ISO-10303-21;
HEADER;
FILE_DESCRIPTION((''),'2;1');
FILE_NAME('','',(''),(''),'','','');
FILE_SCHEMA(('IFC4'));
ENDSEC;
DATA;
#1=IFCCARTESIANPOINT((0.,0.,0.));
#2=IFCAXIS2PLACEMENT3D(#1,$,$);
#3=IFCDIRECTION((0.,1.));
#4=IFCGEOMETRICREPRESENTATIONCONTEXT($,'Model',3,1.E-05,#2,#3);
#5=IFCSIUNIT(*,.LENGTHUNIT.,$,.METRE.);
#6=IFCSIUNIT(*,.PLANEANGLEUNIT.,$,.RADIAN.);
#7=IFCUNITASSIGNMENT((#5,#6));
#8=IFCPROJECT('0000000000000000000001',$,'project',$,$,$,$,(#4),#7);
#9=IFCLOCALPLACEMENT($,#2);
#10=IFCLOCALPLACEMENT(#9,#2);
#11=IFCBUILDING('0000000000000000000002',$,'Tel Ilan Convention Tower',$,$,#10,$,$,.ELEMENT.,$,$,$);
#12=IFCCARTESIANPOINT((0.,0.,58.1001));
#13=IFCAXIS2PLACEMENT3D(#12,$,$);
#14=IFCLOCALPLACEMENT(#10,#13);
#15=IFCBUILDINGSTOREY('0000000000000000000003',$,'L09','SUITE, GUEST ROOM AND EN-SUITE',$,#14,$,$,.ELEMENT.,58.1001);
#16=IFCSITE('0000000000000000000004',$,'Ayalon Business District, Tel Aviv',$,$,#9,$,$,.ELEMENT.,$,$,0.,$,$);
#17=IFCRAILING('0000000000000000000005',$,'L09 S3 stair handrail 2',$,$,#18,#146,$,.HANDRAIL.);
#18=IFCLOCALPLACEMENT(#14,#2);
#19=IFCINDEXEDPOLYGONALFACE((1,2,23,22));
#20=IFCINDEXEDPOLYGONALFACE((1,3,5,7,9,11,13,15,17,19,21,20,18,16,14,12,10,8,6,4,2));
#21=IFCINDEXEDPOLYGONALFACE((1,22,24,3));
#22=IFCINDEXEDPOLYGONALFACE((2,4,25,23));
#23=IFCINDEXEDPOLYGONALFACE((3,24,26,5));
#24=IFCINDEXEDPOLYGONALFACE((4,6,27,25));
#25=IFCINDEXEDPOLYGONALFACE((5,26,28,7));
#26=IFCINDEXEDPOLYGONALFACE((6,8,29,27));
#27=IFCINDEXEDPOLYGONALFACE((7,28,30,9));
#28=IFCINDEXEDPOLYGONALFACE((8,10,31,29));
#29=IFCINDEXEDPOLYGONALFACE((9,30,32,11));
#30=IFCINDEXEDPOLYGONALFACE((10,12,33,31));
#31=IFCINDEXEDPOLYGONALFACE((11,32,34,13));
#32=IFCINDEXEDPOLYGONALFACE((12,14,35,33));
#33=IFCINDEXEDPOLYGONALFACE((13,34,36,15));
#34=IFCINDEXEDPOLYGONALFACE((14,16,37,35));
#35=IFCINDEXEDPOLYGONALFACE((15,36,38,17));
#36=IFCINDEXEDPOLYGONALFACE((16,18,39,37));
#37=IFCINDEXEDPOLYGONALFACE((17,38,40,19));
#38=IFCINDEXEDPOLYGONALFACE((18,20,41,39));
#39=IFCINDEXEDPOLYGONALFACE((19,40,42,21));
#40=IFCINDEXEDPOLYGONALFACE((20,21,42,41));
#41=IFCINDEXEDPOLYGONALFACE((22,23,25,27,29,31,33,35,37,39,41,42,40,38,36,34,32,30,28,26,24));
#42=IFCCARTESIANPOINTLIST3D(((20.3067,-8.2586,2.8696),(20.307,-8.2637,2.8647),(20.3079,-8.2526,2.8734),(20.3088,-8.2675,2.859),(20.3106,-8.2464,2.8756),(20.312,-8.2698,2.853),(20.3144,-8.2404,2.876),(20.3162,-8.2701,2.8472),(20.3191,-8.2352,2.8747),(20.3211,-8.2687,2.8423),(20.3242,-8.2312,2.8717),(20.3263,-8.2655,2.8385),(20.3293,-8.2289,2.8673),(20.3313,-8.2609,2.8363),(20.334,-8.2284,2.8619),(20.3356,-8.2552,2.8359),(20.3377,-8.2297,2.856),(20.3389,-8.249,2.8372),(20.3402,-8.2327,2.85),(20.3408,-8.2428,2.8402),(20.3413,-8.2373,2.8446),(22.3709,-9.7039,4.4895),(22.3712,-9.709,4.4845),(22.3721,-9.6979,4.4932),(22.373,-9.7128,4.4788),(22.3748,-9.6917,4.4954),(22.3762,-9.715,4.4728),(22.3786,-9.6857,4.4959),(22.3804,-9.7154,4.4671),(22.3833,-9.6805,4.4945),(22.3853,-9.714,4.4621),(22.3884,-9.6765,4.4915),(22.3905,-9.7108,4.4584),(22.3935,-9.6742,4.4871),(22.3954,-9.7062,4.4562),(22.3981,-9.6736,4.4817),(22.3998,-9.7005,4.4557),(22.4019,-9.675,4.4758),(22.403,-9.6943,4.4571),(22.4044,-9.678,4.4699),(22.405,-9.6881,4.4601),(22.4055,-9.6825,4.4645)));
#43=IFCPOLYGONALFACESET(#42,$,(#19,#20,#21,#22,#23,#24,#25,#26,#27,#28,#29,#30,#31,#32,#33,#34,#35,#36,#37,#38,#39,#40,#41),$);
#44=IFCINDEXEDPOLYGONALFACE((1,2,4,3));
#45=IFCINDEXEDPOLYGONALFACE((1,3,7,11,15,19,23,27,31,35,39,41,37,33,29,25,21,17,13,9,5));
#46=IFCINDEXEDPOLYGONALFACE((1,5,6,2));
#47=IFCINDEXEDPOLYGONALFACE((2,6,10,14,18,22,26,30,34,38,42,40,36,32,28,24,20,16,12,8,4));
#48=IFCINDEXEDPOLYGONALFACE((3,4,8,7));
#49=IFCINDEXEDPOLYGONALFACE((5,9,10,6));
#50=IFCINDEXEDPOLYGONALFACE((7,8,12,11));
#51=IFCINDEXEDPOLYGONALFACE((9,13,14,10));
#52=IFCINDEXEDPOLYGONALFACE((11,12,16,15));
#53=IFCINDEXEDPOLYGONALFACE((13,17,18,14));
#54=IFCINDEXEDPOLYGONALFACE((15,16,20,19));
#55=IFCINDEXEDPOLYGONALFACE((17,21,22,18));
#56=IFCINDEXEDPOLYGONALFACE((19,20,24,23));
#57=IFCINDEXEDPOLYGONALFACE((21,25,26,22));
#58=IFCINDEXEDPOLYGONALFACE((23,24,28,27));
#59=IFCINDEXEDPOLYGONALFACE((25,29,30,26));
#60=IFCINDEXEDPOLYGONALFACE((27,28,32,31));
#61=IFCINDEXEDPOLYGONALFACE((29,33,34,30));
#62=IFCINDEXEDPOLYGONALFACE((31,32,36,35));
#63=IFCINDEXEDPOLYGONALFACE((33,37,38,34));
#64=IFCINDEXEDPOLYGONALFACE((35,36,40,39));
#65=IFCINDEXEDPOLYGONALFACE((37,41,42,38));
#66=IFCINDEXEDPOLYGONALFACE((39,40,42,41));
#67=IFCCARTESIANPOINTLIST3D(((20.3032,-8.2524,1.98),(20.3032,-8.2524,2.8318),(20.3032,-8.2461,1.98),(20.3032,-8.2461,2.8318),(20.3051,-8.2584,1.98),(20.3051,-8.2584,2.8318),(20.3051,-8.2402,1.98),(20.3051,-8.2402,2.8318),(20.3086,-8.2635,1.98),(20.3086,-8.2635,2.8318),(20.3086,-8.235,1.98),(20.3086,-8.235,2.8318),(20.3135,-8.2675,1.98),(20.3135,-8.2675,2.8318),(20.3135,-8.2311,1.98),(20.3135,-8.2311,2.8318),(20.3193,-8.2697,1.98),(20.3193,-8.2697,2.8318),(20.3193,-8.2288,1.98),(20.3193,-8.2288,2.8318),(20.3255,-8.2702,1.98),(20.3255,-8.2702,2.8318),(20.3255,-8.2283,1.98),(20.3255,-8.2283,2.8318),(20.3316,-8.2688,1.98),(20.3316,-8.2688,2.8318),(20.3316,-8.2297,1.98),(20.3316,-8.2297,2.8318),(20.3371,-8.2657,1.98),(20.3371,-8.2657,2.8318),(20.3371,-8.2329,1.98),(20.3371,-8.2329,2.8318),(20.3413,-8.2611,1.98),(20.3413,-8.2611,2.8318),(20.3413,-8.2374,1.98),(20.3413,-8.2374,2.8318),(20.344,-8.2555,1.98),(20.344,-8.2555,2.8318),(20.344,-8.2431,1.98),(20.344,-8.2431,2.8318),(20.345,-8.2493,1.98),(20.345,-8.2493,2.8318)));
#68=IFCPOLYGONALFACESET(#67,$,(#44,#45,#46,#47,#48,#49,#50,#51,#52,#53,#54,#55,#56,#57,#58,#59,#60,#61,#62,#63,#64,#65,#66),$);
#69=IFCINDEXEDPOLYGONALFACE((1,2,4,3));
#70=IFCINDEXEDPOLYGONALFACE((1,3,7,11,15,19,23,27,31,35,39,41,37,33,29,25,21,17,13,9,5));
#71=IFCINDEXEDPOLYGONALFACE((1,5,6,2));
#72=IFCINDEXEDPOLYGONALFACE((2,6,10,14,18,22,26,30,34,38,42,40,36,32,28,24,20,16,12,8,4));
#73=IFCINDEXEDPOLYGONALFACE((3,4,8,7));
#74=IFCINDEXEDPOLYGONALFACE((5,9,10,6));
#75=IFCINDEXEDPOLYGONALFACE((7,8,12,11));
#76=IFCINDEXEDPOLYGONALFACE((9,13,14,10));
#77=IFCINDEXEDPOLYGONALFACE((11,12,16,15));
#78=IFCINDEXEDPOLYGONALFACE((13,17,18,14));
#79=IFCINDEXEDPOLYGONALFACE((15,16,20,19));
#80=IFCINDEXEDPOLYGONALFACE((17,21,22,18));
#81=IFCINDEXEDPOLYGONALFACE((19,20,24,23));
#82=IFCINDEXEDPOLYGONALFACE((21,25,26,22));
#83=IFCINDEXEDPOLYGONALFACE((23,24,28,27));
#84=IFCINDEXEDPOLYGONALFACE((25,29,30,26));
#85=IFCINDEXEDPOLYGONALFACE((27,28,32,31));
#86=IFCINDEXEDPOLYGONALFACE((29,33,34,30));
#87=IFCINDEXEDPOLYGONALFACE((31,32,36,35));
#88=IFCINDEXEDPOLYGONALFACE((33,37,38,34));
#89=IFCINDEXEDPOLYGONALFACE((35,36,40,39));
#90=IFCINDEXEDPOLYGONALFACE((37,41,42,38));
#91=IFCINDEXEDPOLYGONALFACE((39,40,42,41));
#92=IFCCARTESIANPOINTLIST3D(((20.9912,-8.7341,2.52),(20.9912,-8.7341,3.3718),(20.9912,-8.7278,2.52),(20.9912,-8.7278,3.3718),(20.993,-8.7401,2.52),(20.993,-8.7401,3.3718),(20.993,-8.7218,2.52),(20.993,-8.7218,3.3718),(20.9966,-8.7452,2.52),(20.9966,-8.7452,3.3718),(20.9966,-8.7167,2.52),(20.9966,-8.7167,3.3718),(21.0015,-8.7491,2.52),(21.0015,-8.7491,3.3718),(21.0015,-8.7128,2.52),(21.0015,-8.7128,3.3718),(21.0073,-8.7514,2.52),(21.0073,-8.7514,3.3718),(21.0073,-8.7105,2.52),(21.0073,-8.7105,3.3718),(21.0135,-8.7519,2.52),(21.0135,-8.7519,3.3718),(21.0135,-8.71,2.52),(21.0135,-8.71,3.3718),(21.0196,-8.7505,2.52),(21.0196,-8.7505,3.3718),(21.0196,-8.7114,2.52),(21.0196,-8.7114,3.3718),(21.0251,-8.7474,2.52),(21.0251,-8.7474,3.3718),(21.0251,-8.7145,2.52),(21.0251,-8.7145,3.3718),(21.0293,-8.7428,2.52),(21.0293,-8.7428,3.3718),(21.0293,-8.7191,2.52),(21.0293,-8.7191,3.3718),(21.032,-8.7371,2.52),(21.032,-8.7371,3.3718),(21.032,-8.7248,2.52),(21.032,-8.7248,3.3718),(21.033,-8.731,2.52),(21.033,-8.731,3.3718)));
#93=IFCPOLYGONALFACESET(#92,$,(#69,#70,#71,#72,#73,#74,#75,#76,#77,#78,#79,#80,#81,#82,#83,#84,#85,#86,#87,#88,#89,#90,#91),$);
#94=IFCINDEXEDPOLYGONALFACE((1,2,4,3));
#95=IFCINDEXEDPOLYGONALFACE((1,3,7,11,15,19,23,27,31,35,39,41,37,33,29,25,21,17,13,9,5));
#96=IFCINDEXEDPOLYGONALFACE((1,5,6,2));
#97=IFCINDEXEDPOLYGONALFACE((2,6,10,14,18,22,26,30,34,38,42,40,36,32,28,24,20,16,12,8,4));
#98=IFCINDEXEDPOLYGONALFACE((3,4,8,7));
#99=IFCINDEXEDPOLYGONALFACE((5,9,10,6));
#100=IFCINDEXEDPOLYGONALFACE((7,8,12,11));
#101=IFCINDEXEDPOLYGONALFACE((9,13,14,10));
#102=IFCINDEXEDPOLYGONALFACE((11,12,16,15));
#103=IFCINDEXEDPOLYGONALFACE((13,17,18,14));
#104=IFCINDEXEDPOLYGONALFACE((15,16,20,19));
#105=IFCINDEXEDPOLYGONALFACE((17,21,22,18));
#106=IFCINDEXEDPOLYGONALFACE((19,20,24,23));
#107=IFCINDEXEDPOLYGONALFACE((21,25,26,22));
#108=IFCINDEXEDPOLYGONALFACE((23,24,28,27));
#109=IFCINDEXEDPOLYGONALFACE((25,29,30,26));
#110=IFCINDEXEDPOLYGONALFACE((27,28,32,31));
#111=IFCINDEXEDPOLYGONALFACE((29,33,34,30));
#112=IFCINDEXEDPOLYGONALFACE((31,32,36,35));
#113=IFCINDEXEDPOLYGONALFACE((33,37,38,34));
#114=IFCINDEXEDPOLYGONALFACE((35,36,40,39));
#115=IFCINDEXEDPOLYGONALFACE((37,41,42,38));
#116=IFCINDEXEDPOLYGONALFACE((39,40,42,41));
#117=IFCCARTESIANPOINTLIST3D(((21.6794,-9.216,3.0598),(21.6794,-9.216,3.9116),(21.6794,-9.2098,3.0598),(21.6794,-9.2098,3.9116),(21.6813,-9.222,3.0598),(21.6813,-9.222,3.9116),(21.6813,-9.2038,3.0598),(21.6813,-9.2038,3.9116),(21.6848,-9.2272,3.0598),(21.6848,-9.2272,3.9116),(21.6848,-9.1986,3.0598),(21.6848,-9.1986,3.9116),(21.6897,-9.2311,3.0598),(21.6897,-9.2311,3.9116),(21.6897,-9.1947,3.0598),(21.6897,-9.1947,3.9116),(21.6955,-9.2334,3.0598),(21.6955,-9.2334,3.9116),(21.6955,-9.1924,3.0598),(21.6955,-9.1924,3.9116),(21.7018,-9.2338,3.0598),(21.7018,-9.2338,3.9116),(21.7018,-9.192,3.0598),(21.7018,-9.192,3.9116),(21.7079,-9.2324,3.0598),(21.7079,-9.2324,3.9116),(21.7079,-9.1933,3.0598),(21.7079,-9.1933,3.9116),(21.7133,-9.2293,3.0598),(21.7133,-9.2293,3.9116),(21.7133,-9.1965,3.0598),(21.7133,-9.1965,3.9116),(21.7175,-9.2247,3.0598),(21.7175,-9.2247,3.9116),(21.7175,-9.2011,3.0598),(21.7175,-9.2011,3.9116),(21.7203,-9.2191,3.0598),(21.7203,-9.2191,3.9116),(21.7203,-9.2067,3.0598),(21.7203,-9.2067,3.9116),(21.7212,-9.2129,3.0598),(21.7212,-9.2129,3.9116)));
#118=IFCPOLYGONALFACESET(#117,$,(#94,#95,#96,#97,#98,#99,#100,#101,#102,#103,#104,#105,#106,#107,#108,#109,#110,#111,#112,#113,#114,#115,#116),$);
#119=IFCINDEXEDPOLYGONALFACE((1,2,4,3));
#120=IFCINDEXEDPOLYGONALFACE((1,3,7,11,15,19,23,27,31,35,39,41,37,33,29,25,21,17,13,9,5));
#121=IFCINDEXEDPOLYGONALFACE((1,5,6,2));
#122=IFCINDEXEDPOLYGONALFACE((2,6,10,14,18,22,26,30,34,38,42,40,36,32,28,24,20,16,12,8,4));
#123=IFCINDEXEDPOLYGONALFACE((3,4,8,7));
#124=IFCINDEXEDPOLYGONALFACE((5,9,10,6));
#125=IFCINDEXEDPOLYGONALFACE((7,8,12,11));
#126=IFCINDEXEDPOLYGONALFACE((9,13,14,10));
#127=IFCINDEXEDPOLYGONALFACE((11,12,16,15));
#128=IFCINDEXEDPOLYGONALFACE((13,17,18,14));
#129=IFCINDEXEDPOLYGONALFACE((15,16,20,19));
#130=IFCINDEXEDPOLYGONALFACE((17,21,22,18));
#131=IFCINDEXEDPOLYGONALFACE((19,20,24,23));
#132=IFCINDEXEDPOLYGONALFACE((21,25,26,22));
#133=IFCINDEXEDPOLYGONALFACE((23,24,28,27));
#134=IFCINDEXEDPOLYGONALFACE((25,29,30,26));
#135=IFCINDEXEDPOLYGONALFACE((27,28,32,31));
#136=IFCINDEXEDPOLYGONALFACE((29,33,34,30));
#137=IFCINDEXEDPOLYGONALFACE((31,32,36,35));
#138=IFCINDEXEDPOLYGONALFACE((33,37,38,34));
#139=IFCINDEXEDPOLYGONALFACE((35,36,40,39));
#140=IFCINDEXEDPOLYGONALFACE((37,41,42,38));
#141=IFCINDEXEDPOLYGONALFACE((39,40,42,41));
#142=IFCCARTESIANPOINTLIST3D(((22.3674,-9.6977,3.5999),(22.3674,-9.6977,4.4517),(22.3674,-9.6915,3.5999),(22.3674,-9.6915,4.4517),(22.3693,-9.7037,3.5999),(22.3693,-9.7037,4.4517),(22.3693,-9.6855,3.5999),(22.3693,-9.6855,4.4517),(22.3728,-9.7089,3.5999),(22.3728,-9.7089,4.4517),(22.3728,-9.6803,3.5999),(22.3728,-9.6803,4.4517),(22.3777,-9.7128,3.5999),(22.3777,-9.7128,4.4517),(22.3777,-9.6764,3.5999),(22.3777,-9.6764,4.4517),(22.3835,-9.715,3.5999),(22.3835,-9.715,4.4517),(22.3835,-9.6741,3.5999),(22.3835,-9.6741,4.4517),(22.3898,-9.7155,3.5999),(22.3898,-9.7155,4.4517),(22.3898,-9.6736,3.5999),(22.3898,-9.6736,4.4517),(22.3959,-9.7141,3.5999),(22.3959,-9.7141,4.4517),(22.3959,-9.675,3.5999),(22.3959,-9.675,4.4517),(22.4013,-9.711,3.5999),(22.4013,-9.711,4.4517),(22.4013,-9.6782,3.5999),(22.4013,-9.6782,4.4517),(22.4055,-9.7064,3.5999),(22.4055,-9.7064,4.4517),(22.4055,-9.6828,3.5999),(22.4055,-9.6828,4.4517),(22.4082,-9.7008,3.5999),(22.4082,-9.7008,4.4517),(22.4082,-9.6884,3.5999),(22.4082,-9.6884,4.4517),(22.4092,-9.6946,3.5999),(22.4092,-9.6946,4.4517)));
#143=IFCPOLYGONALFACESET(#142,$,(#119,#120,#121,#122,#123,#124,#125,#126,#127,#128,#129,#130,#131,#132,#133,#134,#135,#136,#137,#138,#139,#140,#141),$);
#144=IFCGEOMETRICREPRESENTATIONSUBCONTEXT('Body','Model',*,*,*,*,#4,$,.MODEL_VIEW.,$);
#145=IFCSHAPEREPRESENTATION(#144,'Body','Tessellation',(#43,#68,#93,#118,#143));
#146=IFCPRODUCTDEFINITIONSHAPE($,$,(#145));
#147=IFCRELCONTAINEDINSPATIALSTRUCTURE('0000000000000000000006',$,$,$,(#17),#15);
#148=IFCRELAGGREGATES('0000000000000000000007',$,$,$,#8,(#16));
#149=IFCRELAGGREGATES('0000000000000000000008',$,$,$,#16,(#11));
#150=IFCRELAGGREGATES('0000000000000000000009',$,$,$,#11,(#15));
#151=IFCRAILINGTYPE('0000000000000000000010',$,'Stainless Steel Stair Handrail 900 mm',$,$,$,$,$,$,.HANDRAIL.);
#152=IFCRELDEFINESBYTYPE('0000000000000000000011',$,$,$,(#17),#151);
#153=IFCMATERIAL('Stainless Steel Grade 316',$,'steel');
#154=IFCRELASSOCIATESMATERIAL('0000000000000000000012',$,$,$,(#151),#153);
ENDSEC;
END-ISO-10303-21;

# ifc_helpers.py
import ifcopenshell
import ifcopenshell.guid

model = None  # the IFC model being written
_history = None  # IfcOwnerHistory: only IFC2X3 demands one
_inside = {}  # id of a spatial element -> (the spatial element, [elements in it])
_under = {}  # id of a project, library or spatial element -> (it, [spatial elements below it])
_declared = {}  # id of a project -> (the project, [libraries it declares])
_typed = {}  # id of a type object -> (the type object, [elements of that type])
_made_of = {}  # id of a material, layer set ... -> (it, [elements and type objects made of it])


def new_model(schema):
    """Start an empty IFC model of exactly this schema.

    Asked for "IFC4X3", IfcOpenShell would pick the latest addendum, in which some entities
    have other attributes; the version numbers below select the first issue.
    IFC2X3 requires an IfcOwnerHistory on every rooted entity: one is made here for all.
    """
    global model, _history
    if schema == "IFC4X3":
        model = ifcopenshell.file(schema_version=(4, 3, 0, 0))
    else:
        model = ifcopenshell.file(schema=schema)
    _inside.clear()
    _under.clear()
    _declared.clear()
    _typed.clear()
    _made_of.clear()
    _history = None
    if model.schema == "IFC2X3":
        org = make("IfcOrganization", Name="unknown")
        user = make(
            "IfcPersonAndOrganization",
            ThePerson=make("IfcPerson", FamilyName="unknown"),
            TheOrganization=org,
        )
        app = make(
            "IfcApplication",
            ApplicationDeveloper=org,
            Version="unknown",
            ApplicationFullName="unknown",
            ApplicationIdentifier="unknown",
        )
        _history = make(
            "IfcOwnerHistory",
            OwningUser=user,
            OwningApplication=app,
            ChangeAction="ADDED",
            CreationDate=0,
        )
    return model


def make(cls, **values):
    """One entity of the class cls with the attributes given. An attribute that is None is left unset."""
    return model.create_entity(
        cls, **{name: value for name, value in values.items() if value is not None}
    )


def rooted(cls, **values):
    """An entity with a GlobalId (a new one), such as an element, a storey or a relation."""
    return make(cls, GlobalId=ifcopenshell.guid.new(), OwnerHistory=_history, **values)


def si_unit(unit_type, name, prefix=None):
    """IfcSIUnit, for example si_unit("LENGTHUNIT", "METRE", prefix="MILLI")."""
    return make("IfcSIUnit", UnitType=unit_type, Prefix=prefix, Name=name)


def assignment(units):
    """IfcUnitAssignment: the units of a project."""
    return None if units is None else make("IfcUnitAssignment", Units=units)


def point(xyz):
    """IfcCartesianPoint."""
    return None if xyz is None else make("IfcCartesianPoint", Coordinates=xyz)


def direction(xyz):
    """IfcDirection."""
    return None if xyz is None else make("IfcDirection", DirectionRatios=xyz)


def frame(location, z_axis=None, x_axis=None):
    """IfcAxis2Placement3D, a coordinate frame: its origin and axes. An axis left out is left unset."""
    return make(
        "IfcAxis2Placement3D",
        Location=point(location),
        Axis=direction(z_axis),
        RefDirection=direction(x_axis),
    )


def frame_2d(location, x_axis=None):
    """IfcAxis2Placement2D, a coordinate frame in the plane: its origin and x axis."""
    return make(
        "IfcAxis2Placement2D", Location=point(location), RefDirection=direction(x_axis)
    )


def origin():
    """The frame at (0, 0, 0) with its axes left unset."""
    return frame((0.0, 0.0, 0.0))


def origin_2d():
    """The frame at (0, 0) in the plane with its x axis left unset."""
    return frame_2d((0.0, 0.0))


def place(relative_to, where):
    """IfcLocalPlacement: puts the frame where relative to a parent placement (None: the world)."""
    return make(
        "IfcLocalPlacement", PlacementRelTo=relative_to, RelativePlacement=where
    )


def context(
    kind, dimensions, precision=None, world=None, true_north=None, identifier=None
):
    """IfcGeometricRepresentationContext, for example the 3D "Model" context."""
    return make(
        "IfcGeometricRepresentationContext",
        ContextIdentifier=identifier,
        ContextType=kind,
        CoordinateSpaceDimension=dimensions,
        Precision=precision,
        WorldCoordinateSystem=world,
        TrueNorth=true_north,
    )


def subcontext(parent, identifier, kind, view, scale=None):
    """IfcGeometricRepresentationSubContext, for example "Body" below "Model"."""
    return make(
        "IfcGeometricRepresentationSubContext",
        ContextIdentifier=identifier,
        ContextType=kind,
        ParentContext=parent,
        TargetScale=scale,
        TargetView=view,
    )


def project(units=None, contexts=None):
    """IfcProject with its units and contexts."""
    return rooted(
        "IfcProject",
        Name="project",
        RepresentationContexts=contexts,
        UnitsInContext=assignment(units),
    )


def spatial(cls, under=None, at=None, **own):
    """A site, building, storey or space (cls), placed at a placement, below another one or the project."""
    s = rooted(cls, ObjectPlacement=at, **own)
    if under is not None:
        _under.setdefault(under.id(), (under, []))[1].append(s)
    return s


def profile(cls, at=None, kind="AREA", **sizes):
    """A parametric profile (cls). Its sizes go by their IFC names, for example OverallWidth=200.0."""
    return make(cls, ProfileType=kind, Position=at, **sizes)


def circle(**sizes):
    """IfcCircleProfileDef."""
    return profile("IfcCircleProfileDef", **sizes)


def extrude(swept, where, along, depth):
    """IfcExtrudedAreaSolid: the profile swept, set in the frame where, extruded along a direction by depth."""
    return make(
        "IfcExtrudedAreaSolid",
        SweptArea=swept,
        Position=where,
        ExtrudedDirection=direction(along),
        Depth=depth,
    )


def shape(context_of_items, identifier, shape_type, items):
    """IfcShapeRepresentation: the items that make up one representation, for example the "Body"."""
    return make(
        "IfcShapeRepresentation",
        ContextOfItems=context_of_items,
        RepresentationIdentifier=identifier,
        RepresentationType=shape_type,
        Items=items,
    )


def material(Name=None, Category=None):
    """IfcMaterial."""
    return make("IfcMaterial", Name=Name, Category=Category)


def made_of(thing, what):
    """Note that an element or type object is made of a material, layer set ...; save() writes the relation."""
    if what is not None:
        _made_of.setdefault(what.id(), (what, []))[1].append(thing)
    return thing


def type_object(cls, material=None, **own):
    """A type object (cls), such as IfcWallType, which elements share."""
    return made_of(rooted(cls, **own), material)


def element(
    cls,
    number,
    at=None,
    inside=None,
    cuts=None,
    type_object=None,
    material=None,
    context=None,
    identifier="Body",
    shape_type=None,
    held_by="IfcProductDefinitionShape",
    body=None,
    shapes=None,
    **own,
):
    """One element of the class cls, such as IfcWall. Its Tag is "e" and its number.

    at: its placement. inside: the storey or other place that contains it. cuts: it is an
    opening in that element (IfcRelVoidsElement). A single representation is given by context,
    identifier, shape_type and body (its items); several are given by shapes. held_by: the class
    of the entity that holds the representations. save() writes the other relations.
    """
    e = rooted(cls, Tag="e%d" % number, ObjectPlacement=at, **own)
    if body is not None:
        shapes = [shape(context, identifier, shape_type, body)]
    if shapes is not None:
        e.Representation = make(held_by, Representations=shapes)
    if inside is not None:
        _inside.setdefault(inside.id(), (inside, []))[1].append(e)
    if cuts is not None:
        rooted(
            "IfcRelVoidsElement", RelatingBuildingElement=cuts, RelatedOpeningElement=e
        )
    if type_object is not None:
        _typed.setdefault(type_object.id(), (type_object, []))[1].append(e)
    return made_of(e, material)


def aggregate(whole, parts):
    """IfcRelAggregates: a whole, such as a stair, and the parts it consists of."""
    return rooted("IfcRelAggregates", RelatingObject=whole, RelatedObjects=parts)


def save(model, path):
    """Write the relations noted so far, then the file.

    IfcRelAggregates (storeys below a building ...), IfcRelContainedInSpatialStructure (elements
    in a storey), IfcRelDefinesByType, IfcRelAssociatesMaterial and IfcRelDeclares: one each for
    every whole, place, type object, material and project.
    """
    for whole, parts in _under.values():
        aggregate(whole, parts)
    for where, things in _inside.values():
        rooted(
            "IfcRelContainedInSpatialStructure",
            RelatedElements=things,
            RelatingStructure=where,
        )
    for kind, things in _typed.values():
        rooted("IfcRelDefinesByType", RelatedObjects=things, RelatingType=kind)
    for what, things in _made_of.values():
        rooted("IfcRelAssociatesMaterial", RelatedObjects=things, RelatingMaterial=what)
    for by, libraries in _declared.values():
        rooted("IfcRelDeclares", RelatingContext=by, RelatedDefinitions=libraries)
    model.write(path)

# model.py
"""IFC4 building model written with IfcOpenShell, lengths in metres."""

from ifc_helpers import new_model, si_unit, direction, frame, origin, origin_2d, place, context, subcontext, project, spatial, circle, extrude, material, type_object, element, save


model = new_model("IFC4")

# Units and contexts
model_context = context("Model", 3, precision=1e-05, world=origin(), true_north=direction((0.0, 1.0)))
body_context = subcontext(model_context, "Body", "Model", "MODEL_VIEW")
ifc_project = project(units=[si_unit("LENGTHUNIT", "METRE"), si_unit("PLANEANGLEUNIT", "RADIAN")], contexts=[model_context])

# Site, building, storey
site_placement = place(None, origin())
site = spatial("IfcSite", under=ifc_project, at=site_placement, Name="Ayalon Business District, Tel Aviv", CompositionType="ELEMENT", RefElevation=0.0)
building_placement = place(site_placement, origin())
building = spatial("IfcBuilding", under=site, at=building_placement, Name="Tel Ilan Convention Tower", CompositionType="ELEMENT")
storey_placement = place(building_placement, frame((0.0, 0.0, 58.1001)))
storey = spatial("IfcBuildingStorey", under=building, at=storey_placement, Name="L09", Description="SUITE, GUEST ROOM AND EN-SUITE", CompositionType="ELEMENT", Elevation=58.1001)

# Railing
ifc_material_1 = material(Name="Stainless Steel Grade 316", Category="steel")
railing_type_1 = type_object("IfcRailingType", Name="Stainless Steel Stair Handrail 900 mm", PredefinedType="HANDRAIL", material=ifc_material_1)
railing_1_placement = place(storey_placement, frame((20.324, -8.2493, 1.98)))
element("IfcRailing", 1, at=railing_1_placement, inside=storey, type_object=railing_type_1, Name="L09 S3 stair handrail 2", PredefinedType="HANDRAIL", context=body_context, shape_type="SweptSolid", body=[
    extrude(circle(Radius=0.0239, at=origin_2d()), frame((0.0, 0.0, 0.876), z_axis=(0.68907, -0.482472, 0.540743), x_axis=(0.57356, 0.819164, 0.0)), (0.0, 0.0, 1.0), 2.9956),
    extrude(circle(Radius=0.021, at=origin_2d()), origin(), (0.0, 0.0, 1.0), 0.8518),
    extrude(circle(Radius=0.021, at=origin_2d()), frame((0.688, -0.4817, 0.54)), (0.0, 0.0, 1.0), 0.8518),
    extrude(circle(Radius=0.021, at=origin_2d()), frame((1.3762, -0.9636, 1.0798)), (0.0, 0.0, 1.0), 0.8518),
    extrude(circle(Radius=0.021, at=origin_2d()), frame((2.0642, -1.4453, 1.6199)), (0.0, 0.0, 1.0), 0.8518),
])

save(model, "model.ifc")
